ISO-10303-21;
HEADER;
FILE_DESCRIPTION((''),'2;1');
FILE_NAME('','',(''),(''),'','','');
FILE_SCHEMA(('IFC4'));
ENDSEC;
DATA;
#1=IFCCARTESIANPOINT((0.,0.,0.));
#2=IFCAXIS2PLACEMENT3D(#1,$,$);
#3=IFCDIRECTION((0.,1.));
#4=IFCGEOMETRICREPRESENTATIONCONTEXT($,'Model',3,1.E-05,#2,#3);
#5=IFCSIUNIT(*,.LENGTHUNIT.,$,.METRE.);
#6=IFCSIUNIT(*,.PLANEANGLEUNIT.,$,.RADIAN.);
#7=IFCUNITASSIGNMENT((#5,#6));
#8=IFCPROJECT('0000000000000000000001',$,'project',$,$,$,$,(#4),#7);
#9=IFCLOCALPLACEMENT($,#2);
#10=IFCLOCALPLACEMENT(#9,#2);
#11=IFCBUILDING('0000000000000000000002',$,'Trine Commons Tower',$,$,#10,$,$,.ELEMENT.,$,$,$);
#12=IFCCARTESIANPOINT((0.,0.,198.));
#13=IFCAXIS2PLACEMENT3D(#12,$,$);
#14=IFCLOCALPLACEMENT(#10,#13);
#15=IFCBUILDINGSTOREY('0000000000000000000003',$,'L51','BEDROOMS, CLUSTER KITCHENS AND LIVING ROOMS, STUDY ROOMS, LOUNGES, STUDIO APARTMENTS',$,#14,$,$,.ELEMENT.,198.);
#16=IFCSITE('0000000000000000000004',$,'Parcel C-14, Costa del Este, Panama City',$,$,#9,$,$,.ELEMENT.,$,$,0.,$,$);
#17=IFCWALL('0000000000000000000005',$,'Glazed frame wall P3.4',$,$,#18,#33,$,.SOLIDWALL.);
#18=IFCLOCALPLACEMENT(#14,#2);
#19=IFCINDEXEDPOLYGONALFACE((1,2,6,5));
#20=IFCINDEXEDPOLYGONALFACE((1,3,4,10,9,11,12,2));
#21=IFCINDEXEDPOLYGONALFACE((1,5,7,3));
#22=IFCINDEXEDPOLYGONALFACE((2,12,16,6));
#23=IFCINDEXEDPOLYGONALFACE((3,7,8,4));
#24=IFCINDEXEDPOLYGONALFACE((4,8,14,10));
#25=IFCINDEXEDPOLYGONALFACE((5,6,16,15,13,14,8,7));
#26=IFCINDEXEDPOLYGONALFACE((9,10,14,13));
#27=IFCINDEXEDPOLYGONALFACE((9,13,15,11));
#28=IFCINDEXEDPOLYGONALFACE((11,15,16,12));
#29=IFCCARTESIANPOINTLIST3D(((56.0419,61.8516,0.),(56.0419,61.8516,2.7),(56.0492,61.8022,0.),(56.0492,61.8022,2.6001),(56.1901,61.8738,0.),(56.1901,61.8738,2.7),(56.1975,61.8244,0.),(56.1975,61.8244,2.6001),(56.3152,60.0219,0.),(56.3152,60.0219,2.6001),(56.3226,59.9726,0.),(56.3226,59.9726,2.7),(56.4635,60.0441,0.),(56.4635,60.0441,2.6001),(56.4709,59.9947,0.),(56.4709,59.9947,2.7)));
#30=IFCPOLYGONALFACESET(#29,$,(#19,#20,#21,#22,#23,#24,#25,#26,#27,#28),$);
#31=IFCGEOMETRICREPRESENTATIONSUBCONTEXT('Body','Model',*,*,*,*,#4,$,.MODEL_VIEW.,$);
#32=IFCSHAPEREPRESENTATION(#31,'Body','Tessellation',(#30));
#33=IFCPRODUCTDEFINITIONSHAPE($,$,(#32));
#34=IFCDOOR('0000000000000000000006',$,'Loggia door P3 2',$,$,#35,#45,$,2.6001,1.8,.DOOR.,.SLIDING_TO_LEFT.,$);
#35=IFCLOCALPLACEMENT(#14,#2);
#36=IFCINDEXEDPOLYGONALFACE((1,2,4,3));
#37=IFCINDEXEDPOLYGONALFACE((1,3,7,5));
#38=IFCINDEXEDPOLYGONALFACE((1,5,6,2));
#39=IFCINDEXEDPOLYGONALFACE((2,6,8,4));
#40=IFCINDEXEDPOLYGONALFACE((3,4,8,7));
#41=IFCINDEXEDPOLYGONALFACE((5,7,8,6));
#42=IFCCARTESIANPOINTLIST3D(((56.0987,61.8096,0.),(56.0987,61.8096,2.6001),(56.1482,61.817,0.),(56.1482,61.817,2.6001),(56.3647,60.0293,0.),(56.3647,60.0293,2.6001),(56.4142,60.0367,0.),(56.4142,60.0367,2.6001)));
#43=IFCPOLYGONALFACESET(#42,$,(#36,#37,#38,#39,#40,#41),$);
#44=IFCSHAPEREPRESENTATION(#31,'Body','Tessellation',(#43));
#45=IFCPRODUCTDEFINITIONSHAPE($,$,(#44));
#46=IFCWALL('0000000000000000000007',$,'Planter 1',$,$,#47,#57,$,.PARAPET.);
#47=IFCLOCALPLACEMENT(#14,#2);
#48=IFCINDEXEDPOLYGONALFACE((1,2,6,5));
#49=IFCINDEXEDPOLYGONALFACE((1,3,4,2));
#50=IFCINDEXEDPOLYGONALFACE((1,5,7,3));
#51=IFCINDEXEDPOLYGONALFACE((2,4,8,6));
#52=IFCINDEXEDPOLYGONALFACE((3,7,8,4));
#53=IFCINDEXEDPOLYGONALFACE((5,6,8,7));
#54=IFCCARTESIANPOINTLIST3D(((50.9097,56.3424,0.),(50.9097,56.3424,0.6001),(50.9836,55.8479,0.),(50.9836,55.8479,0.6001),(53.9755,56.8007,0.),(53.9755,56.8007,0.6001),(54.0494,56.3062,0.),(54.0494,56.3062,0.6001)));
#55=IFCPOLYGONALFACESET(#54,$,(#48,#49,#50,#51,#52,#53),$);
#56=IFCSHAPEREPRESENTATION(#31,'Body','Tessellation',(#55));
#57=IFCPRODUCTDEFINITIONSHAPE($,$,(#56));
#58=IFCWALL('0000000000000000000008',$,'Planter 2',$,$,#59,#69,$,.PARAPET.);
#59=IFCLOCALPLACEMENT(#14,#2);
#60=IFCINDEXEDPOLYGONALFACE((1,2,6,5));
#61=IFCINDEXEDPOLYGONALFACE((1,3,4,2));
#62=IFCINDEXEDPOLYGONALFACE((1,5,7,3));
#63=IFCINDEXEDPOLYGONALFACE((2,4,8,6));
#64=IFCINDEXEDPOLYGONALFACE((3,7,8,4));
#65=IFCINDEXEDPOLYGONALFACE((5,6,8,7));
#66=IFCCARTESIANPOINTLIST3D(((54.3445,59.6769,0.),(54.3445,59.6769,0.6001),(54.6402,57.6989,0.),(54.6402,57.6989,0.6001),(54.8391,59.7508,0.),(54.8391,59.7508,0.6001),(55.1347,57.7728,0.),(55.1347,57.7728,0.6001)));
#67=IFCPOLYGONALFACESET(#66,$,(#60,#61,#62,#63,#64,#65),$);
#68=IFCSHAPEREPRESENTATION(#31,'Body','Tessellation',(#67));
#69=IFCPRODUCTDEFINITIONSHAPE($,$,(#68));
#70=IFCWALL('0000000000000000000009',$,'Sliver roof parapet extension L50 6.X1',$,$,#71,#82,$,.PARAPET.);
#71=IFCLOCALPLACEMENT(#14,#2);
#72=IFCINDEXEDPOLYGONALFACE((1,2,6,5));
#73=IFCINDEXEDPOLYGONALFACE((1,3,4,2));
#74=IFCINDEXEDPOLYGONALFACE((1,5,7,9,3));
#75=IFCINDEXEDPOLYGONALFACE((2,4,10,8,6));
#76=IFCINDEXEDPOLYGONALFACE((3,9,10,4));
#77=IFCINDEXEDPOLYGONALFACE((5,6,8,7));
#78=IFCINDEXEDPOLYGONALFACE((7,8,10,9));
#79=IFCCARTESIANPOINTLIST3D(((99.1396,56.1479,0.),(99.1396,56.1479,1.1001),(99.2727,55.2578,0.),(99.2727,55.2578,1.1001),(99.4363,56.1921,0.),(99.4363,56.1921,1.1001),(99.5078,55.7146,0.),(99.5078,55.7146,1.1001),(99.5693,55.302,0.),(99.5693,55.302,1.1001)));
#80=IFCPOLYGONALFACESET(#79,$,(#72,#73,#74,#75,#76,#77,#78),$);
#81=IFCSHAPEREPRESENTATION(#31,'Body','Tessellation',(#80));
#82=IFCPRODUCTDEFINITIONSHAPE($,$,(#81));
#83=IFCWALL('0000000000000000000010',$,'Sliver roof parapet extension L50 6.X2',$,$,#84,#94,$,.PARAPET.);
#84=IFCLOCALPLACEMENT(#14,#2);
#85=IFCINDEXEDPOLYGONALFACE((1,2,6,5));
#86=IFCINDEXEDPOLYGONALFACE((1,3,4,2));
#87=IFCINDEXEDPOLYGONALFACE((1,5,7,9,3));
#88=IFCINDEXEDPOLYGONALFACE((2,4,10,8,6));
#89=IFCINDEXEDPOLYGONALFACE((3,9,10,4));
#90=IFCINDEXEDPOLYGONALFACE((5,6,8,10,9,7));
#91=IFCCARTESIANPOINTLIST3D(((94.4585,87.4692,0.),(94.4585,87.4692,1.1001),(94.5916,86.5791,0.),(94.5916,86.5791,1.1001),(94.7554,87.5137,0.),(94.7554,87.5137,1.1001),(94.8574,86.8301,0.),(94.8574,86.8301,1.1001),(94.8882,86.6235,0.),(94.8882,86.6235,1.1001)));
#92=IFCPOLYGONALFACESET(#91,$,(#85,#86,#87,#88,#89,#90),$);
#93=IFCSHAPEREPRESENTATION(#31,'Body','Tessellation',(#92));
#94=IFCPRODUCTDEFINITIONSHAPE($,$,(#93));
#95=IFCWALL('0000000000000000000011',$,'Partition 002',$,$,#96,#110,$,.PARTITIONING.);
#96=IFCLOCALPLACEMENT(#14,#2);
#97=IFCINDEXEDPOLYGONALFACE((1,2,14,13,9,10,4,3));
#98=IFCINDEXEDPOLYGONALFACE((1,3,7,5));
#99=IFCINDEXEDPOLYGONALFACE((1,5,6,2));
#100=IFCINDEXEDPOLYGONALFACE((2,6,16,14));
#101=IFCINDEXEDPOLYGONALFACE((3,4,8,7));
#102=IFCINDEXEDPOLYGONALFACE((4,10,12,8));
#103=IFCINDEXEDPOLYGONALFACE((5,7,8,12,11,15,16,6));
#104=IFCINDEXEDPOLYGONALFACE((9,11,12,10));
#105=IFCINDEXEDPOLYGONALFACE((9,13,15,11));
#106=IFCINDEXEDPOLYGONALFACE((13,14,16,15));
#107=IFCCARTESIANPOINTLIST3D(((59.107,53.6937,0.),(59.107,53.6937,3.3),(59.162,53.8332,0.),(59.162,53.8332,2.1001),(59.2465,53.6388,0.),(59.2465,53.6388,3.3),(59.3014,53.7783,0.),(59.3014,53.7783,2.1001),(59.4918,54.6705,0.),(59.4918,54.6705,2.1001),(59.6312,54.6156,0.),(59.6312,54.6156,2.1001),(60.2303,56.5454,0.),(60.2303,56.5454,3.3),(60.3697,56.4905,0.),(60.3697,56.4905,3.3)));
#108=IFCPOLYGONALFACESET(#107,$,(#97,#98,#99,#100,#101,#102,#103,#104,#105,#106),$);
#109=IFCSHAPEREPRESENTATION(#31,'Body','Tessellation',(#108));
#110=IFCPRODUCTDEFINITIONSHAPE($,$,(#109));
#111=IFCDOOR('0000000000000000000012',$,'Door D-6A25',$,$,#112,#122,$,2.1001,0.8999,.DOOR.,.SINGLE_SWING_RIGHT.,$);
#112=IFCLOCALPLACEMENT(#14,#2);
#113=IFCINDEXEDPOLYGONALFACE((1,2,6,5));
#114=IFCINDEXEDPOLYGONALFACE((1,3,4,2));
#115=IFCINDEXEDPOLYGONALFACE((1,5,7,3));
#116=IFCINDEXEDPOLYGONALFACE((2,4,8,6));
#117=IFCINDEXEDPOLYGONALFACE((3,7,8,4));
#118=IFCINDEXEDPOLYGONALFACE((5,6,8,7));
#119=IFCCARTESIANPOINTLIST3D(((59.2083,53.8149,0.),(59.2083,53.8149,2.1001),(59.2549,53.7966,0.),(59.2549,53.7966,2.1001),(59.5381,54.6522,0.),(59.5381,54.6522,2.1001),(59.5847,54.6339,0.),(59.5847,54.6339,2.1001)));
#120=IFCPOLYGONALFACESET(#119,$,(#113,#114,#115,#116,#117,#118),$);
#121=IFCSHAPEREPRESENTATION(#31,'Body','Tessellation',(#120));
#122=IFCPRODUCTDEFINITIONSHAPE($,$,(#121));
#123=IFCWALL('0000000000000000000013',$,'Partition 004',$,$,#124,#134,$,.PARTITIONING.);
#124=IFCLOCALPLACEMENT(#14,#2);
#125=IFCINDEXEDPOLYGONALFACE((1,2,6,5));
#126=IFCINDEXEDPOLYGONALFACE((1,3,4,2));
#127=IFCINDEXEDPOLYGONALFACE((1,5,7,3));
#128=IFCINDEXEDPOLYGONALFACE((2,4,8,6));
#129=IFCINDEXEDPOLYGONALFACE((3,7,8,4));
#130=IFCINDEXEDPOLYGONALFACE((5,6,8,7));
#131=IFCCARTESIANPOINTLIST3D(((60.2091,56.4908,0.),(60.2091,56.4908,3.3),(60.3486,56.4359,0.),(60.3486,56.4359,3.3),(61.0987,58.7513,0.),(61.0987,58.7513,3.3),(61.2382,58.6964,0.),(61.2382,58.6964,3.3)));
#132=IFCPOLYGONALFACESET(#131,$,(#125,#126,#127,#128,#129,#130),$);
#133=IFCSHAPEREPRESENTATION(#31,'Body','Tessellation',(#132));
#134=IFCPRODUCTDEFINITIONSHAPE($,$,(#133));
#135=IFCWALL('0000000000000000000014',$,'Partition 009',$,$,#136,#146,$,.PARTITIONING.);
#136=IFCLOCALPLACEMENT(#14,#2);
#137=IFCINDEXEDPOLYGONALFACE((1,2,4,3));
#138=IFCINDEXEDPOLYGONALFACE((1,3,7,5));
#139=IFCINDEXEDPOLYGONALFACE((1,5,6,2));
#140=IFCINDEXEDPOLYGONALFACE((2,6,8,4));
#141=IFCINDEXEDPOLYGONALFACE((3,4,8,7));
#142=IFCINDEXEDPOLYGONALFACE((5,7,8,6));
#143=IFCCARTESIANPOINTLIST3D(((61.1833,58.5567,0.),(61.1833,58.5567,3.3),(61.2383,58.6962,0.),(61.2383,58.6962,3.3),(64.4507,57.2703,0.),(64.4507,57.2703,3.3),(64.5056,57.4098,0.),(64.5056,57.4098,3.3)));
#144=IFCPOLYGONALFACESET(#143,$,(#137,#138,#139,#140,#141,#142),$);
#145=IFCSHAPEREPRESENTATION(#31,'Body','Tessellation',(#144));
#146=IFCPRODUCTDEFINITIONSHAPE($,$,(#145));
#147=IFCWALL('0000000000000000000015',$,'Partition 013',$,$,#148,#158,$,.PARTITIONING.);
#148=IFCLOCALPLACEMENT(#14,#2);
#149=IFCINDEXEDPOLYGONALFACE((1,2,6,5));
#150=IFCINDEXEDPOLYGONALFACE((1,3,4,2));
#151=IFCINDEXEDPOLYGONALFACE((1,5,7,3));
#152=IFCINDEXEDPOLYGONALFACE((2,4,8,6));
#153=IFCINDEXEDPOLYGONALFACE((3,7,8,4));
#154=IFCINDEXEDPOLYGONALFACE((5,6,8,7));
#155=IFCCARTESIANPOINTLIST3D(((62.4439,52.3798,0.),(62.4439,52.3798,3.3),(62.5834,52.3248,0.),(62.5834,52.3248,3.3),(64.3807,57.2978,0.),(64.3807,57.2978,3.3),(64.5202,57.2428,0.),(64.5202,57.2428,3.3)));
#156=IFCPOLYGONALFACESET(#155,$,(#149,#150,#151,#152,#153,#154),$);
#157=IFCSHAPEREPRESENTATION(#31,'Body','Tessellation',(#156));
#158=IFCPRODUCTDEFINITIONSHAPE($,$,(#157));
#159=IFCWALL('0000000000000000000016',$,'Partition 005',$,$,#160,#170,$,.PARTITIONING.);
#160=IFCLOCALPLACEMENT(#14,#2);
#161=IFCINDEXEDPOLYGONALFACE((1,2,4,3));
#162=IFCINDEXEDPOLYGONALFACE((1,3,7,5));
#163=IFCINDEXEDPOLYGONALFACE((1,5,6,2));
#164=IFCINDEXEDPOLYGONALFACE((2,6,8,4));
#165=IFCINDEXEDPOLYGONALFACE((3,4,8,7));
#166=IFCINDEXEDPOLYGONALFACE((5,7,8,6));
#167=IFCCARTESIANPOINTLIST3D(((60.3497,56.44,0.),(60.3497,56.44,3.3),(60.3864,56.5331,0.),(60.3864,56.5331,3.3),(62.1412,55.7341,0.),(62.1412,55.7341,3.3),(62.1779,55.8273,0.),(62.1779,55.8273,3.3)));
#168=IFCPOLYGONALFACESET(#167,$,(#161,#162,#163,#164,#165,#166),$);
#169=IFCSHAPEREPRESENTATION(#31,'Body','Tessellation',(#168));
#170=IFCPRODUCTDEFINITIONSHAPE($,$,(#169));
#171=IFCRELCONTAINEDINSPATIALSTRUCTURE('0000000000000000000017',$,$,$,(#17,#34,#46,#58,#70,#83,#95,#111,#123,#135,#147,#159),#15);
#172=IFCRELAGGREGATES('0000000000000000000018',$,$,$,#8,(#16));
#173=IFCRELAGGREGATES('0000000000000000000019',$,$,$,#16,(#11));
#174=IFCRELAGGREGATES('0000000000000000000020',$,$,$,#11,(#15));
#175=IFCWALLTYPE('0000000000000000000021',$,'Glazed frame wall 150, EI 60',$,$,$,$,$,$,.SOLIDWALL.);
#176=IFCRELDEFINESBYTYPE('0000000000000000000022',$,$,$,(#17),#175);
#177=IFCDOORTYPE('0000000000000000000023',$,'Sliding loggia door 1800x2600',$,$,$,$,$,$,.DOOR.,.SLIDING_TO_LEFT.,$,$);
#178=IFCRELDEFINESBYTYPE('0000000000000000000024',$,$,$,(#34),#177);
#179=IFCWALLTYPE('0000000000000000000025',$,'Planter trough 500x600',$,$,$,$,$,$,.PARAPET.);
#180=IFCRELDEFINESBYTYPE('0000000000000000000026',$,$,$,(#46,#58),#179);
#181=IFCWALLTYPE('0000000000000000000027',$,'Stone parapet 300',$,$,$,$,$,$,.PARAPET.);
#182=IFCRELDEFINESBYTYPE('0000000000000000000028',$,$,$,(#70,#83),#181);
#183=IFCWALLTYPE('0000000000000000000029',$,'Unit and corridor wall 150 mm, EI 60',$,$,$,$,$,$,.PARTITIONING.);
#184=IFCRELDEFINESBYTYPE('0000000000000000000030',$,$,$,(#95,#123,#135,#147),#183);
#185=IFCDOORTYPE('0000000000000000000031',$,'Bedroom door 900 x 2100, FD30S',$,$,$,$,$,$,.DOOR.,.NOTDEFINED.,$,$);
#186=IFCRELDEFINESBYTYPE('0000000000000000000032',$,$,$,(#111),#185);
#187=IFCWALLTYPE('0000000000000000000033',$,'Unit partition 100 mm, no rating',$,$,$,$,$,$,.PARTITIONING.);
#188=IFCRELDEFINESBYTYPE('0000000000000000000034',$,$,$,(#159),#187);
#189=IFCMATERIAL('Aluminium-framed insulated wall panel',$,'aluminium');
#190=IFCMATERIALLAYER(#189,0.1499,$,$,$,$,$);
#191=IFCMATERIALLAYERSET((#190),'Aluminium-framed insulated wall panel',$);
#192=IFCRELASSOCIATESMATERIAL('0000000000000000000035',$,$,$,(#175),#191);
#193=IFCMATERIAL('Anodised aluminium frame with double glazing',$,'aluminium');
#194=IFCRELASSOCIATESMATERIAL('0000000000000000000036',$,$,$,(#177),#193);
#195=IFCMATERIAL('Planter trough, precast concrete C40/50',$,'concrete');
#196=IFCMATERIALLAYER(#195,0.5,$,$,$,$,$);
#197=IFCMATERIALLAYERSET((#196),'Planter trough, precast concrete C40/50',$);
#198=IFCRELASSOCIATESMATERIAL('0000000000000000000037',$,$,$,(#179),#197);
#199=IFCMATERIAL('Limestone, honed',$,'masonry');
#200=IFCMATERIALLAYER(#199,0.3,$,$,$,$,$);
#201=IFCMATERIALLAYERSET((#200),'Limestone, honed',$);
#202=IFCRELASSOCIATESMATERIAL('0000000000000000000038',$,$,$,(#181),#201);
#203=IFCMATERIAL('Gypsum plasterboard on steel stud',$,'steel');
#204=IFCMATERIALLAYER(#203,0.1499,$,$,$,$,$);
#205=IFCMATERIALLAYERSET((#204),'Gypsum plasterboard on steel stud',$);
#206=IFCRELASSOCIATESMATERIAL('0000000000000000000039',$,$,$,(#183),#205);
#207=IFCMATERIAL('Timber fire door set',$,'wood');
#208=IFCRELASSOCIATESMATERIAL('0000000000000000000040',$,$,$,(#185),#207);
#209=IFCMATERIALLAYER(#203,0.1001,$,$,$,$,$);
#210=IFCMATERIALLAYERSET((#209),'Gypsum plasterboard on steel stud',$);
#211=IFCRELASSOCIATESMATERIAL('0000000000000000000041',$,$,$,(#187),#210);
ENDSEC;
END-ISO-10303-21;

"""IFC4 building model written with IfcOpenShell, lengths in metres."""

from ifc_helpers import new_model, si_unit, direction, frame, frame_2d, origin, place, context, subcontext, project, spatial, polyline, rectangle, outline, extrude, material, layer, layer_set, type_object, element, fill, save


model = new_model("IFC4")

# Units and contexts
model_context = context("Model", 3, precision=1e-05, world=origin(), true_north=direction((0.0, 1.0)))
body_context = subcontext(model_context, "Body", "Model", "MODEL_VIEW")
ifc_project = project(units=[si_unit("LENGTHUNIT", "METRE"), si_unit("PLANEANGLEUNIT", "RADIAN")], contexts=[model_context])

# Site, building, storey
site_placement = place(None, origin())
site = spatial("IfcSite", under=ifc_project, at=site_placement, Name="Parcel C-14, Costa del Este, Panama City", CompositionType="ELEMENT", RefElevation=0.0)
building_placement = place(site_placement, origin())
building = spatial("IfcBuilding", under=site, at=building_placement, Name="Trine Commons Tower", CompositionType="ELEMENT")
storey_placement = place(building_placement, frame((0.0, 0.0, 198.0)))
storey = spatial("IfcBuildingStorey", under=building, at=storey_placement, Name="L51", Description="BEDROOMS, CLUSTER KITCHENS AND LIVING ROOMS, STUDY ROOMS, LOUNGES, STUDIO APARTMENTS", CompositionType="ELEMENT", Elevation=198.0)

# Shared definitions
ifc_material_1 = material(Name="Aluminium-framed insulated wall panel", Category="aluminium")
ifc_layer_1 = layer(ifc_material_1, 0.1499)
ifc_layer_set_1 = layer_set([ifc_layer_1], Name="Aluminium-framed insulated wall panel")
wall_type_1 = type_object("IfcWallType", Name="Glazed frame wall 150, EI 60", PredefinedType="SOLIDWALL", material=ifc_layer_set_1)

# Shared definitions
ifc_material_2 = material(Name="Anodised aluminium frame with double glazing", Category="aluminium")
door_type_1 = type_object("IfcDoorType", Name="Sliding loggia door 1800x2600", OperationType="SLIDING_TO_LEFT", PredefinedType="DOOR", material=ifc_material_2)

# Wall, opening, door
wall_1_placement = place(storey_placement, frame((56.3967, 59.9836, 0.0), z_axis=(0.0, 0.0, 1.0), x_axis=(-0.147769, 0.989022, 0.0)))
wall_1 = element("IfcWall", 1, at=wall_1_placement, inside=storey, type_object=wall_type_1, Name="Glazed frame wall P3.4", PredefinedType="SOLIDWALL", context=body_context, shape_type="SweptSolid", body=[
    extrude(outline(polyline([(0.0, -0.075), (1.8999, -0.075), (1.8999, 0.075), (0.0, 0.075), (0.0, -0.075)])), origin(), (0.0, 0.0, 1.0), 2.7),
])
opening_1_placement = place(wall_1_placement, frame((0.05, 0.0, 0.0)))
opening_1 = element("IfcOpeningElement", 2, at=opening_1_placement, cuts=wall_1, PredefinedType="OPENING", context=body_context, shape_type="SweptSolid", body=[
    extrude(rectangle(XDim=1.8, YDim=2.6001, at=frame_2d((0.8999, 1.3))), frame((0.0, 0.085, 0.0), z_axis=(0.0, -1.0, 0.0), x_axis=(1.0, 0.0, 0.0)), (0.0, 0.0, 1.0), 0.1699),
])
door_1_placement = place(opening_1_placement, origin())
door_1 = element("IfcDoor", 3, at=door_1_placement, inside=storey, type_object=door_type_1, Name="Loggia door P3 2", OperationType="SLIDING_TO_LEFT", OverallHeight=2.6001, OverallWidth=1.8, PredefinedType="DOOR", context=body_context, shape_type="SweptSolid", body=[
    extrude(rectangle(XDim=1.8, YDim=2.6001, at=frame_2d((0.8999, 1.3))), frame((0.0, 0.0249, 0.0), z_axis=(0.0, -1.0, 0.0), x_axis=(1.0, 0.0, 0.0)), (0.0, 0.0, 1.0), 0.05),
])
fill(opening_1, door_1)

# Walls
ifc_material_3 = material(Name="Planter trough, precast concrete C40/50", Category="concrete")
ifc_layer_2 = layer(ifc_material_3, 0.5)
ifc_layer_set_2 = layer_set([ifc_layer_2], Name="Planter trough, precast concrete C40/50")
wall_type_2 = type_object("IfcWallType", Name="Planter trough 500x600", PredefinedType="PARAPET", material=ifc_layer_set_2)
wall_2_placement = place(storey_placement, frame((50.9468, 56.0952, 0.0), z_axis=(0.0, 0.0, 1.0), x_axis=(0.989012, 0.147836, 0.0)))
element("IfcWall", 4, at=wall_2_placement, inside=storey, type_object=wall_type_2, Name="Planter 1", PredefinedType="PARAPET", context=body_context, shape_type="SweptSolid", body=[
    extrude(rectangle(XDim=3.0999, YDim=0.5, at=frame_2d((1.5498, 0.0))), origin(), (0.0, 0.0, 1.0), 0.6001),
])
wall_3_placement = place(storey_placement, frame((54.8875, 57.7358, 0.0), z_axis=(0.0, 0.0, 1.0), x_axis=(-0.147827, 0.989013, 0.0)))
element("IfcWall", 5, at=wall_3_placement, inside=storey, type_object=wall_type_2, Name="Planter 2", PredefinedType="PARAPET", context=body_context, shape_type="SweptSolid", body=[
    extrude(rectangle(XDim=2.0, YDim=0.5, at=frame_2d((1.0, 0.0))), origin(), (0.0, 0.0, 1.0), 0.6001),
])
ifc_material_4 = material(Name="Limestone, honed", Category="masonry")
ifc_layer_3 = layer(ifc_material_4, 0.3)
ifc_layer_set_3 = layer_set([ifc_layer_3], Name="Limestone, honed")
wall_type_3 = type_object("IfcWallType", Name="Stone parapet 300", PredefinedType="PARAPET", material=ifc_layer_set_3)
wall_4_placement = place(storey_placement, origin())
element("IfcWall", 6, at=wall_4_placement, inside=storey, type_object=wall_type_3, Name="Sliver roof parapet extension L50 6.X1", PredefinedType="PARAPET", context=body_context, shape_type="SweptSolid", body=[
    extrude(outline(polyline([(99.4363, 56.1921), (99.1396, 56.1479), (99.2727, 55.2578), (99.5693, 55.302), (99.5078, 55.7146), (99.4363, 56.1921)])), origin(), (0.0, 0.0, 1.0), 1.1001),
])
wall_5_placement = place(storey_placement, origin())
element("IfcWall", 7, at=wall_5_placement, inside=storey, type_object=wall_type_3, Name="Sliver roof parapet extension L50 6.X2", PredefinedType="PARAPET", context=body_context, shape_type="SweptSolid", body=[
    extrude(outline(polyline([(94.7554, 87.5137), (94.4585, 87.4692), (94.5916, 86.5791), (94.8882, 86.6235), (94.8574, 86.8301), (94.7554, 87.5137)])), origin(), (0.0, 0.0, 1.0), 1.1001),
])

# Wall, opening, door
ifc_material_5 = material(Name="Gypsum plasterboard on steel stud", Category="steel")
ifc_layer_4 = layer(ifc_material_5, 0.1499)
ifc_layer_set_4 = layer_set([ifc_layer_4], Name="Gypsum plasterboard on steel stud")
wall_type_4 = type_object("IfcWallType", Name="Unit and corridor wall 150 mm, EI 60", PredefinedType="PARTITIONING", material=ifc_layer_set_4)
wall_6_placement = place(storey_placement, frame((59.1768, 53.6663, 0.0), z_axis=(0.0, 0.0, 1.0), x_axis=(0.366483, 0.930425, 0.0)))
wall_6 = element("IfcWall", 8, at=wall_6_placement, inside=storey, type_object=wall_type_4, Name="Partition 002", PredefinedType="PARTITIONING", context=body_context, shape_type="SweptSolid", body=[
    extrude(rectangle(XDim=3.0649, YDim=0.1499, at=frame_2d((1.5325, 0.0))), origin(), (0.0, 0.0, 1.0), 3.3),
])
opening_2_placement = place(wall_6_placement, frame((0.1499, 0.0, 0.0)))
opening_2 = element("IfcOpeningElement", 9, at=opening_2_placement, cuts=wall_6, PredefinedType="OPENING", context=body_context, shape_type="SweptSolid", body=[
    extrude(rectangle(XDim=0.8999, YDim=2.1001, at=frame_2d((0.45, 1.05))), frame((0.0, 0.085, 0.0), z_axis=(0.0, -1.0, 0.0), x_axis=(1.0, 0.0, 0.0)), (0.0, 0.0, 1.0), 0.1699),
])
ifc_material_6 = material(Name="Timber fire door set", Category="wood")
door_type_2 = type_object("IfcDoorType", Name="Bedroom door 900 x 2100, FD30S", OperationType="NOTDEFINED", PredefinedType="DOOR", material=ifc_material_6)
door_2_placement = place(opening_2_placement, frame((0.8999, 0.0, 0.0), z_axis=(0.0, 0.0, 1.0), x_axis=(-1.0, 0.0, 0.0)))
door_2 = element("IfcDoor", 10, at=door_2_placement, inside=storey, type_object=door_type_2, Name="Door D-6A25", OperationType="SINGLE_SWING_RIGHT", OverallHeight=2.1001, OverallWidth=0.8999, PredefinedType="DOOR", context=body_context, shape_type="SweptSolid", body=[
    extrude(rectangle(XDim=0.8999, YDim=2.1001, at=frame_2d((0.45, 1.05))), frame((0.0, 0.0249, 0.0), z_axis=(0.0, -1.0, 0.0), x_axis=(1.0, 0.0, 0.0)), (0.0, 0.0, 1.0), 0.05),
])
fill(opening_2, door_2)

# Walls
wall_7_placement = place(storey_placement, frame((60.2788, 56.4634, 0.0), z_axis=(0.0, 0.0, 1.0), x_axis=(0.366221, 0.930528, 0.0)))
element("IfcWall", 11, at=wall_7_placement, inside=storey, type_object=wall_type_4, Name="Partition 004", PredefinedType="PARTITIONING", context=body_context, shape_type="SweptSolid", body=[
    extrude(rectangle(XDim=2.4292, YDim=0.1499, at=frame_2d((1.2146, 0.0))), origin(), (0.0, 0.0, 1.0), 3.3),
])
wall_8_placement = place(storey_placement, frame((61.2107, 58.6265, 0.0), z_axis=(0.0, 0.0, 1.0), x_axis=(0.930482, -0.366338, 0.0)))
element("IfcWall", 12, at=wall_8_placement, inside=storey, type_object=wall_type_4, Name="Partition 009", PredefinedType="PARTITIONING", context=body_context, shape_type="SweptSolid", body=[
    extrude(rectangle(XDim=3.5115, YDim=0.1499, at=frame_2d((1.7559, 0.0))), origin(), (0.0, 0.0, 1.0), 3.3),
])
wall_9_placement = place(storey_placement, frame((62.5137, 52.3523, 0.0), z_axis=(0.0, 0.0, 1.0), x_axis=(0.366424, 0.930448, 0.0)))
element("IfcWall", 13, at=wall_9_placement, inside=storey, type_object=wall_type_4, Name="Partition 013", PredefinedType="PARTITIONING", context=body_context, shape_type="SweptSolid", body=[
    extrude(rectangle(XDim=5.2856, YDim=0.1499, at=frame_2d((2.6428, 0.0))), origin(), (0.0, 0.0, 1.0), 3.3),
])
ifc_layer_5 = layer(ifc_material_5, 0.1001)
ifc_layer_set_5 = layer_set([ifc_layer_5], Name="Gypsum plasterboard on steel stud")
wall_type_5 = type_object("IfcWallType", Name="Unit partition 100 mm, no rating", PredefinedType="PARTITIONING", material=ifc_layer_set_5)
wall_10_placement = place(storey_placement, frame((60.3679, 56.4866, 0.0), z_axis=(0.0, 0.0, 1.0), x_axis=(0.930397, -0.366554, 0.0)))
element("IfcWall", 14, at=wall_10_placement, inside=storey, type_object=wall_type_5, Name="Partition 005", PredefinedType="PARTITIONING", context=body_context, shape_type="SweptSolid", body=[
    extrude(rectangle(XDim=1.9255, YDim=0.1001, at=frame_2d((0.9629, 0.0))), origin(), (0.0, 0.0, 1.0), 3.3),
])

save(model, "model.ifc")
